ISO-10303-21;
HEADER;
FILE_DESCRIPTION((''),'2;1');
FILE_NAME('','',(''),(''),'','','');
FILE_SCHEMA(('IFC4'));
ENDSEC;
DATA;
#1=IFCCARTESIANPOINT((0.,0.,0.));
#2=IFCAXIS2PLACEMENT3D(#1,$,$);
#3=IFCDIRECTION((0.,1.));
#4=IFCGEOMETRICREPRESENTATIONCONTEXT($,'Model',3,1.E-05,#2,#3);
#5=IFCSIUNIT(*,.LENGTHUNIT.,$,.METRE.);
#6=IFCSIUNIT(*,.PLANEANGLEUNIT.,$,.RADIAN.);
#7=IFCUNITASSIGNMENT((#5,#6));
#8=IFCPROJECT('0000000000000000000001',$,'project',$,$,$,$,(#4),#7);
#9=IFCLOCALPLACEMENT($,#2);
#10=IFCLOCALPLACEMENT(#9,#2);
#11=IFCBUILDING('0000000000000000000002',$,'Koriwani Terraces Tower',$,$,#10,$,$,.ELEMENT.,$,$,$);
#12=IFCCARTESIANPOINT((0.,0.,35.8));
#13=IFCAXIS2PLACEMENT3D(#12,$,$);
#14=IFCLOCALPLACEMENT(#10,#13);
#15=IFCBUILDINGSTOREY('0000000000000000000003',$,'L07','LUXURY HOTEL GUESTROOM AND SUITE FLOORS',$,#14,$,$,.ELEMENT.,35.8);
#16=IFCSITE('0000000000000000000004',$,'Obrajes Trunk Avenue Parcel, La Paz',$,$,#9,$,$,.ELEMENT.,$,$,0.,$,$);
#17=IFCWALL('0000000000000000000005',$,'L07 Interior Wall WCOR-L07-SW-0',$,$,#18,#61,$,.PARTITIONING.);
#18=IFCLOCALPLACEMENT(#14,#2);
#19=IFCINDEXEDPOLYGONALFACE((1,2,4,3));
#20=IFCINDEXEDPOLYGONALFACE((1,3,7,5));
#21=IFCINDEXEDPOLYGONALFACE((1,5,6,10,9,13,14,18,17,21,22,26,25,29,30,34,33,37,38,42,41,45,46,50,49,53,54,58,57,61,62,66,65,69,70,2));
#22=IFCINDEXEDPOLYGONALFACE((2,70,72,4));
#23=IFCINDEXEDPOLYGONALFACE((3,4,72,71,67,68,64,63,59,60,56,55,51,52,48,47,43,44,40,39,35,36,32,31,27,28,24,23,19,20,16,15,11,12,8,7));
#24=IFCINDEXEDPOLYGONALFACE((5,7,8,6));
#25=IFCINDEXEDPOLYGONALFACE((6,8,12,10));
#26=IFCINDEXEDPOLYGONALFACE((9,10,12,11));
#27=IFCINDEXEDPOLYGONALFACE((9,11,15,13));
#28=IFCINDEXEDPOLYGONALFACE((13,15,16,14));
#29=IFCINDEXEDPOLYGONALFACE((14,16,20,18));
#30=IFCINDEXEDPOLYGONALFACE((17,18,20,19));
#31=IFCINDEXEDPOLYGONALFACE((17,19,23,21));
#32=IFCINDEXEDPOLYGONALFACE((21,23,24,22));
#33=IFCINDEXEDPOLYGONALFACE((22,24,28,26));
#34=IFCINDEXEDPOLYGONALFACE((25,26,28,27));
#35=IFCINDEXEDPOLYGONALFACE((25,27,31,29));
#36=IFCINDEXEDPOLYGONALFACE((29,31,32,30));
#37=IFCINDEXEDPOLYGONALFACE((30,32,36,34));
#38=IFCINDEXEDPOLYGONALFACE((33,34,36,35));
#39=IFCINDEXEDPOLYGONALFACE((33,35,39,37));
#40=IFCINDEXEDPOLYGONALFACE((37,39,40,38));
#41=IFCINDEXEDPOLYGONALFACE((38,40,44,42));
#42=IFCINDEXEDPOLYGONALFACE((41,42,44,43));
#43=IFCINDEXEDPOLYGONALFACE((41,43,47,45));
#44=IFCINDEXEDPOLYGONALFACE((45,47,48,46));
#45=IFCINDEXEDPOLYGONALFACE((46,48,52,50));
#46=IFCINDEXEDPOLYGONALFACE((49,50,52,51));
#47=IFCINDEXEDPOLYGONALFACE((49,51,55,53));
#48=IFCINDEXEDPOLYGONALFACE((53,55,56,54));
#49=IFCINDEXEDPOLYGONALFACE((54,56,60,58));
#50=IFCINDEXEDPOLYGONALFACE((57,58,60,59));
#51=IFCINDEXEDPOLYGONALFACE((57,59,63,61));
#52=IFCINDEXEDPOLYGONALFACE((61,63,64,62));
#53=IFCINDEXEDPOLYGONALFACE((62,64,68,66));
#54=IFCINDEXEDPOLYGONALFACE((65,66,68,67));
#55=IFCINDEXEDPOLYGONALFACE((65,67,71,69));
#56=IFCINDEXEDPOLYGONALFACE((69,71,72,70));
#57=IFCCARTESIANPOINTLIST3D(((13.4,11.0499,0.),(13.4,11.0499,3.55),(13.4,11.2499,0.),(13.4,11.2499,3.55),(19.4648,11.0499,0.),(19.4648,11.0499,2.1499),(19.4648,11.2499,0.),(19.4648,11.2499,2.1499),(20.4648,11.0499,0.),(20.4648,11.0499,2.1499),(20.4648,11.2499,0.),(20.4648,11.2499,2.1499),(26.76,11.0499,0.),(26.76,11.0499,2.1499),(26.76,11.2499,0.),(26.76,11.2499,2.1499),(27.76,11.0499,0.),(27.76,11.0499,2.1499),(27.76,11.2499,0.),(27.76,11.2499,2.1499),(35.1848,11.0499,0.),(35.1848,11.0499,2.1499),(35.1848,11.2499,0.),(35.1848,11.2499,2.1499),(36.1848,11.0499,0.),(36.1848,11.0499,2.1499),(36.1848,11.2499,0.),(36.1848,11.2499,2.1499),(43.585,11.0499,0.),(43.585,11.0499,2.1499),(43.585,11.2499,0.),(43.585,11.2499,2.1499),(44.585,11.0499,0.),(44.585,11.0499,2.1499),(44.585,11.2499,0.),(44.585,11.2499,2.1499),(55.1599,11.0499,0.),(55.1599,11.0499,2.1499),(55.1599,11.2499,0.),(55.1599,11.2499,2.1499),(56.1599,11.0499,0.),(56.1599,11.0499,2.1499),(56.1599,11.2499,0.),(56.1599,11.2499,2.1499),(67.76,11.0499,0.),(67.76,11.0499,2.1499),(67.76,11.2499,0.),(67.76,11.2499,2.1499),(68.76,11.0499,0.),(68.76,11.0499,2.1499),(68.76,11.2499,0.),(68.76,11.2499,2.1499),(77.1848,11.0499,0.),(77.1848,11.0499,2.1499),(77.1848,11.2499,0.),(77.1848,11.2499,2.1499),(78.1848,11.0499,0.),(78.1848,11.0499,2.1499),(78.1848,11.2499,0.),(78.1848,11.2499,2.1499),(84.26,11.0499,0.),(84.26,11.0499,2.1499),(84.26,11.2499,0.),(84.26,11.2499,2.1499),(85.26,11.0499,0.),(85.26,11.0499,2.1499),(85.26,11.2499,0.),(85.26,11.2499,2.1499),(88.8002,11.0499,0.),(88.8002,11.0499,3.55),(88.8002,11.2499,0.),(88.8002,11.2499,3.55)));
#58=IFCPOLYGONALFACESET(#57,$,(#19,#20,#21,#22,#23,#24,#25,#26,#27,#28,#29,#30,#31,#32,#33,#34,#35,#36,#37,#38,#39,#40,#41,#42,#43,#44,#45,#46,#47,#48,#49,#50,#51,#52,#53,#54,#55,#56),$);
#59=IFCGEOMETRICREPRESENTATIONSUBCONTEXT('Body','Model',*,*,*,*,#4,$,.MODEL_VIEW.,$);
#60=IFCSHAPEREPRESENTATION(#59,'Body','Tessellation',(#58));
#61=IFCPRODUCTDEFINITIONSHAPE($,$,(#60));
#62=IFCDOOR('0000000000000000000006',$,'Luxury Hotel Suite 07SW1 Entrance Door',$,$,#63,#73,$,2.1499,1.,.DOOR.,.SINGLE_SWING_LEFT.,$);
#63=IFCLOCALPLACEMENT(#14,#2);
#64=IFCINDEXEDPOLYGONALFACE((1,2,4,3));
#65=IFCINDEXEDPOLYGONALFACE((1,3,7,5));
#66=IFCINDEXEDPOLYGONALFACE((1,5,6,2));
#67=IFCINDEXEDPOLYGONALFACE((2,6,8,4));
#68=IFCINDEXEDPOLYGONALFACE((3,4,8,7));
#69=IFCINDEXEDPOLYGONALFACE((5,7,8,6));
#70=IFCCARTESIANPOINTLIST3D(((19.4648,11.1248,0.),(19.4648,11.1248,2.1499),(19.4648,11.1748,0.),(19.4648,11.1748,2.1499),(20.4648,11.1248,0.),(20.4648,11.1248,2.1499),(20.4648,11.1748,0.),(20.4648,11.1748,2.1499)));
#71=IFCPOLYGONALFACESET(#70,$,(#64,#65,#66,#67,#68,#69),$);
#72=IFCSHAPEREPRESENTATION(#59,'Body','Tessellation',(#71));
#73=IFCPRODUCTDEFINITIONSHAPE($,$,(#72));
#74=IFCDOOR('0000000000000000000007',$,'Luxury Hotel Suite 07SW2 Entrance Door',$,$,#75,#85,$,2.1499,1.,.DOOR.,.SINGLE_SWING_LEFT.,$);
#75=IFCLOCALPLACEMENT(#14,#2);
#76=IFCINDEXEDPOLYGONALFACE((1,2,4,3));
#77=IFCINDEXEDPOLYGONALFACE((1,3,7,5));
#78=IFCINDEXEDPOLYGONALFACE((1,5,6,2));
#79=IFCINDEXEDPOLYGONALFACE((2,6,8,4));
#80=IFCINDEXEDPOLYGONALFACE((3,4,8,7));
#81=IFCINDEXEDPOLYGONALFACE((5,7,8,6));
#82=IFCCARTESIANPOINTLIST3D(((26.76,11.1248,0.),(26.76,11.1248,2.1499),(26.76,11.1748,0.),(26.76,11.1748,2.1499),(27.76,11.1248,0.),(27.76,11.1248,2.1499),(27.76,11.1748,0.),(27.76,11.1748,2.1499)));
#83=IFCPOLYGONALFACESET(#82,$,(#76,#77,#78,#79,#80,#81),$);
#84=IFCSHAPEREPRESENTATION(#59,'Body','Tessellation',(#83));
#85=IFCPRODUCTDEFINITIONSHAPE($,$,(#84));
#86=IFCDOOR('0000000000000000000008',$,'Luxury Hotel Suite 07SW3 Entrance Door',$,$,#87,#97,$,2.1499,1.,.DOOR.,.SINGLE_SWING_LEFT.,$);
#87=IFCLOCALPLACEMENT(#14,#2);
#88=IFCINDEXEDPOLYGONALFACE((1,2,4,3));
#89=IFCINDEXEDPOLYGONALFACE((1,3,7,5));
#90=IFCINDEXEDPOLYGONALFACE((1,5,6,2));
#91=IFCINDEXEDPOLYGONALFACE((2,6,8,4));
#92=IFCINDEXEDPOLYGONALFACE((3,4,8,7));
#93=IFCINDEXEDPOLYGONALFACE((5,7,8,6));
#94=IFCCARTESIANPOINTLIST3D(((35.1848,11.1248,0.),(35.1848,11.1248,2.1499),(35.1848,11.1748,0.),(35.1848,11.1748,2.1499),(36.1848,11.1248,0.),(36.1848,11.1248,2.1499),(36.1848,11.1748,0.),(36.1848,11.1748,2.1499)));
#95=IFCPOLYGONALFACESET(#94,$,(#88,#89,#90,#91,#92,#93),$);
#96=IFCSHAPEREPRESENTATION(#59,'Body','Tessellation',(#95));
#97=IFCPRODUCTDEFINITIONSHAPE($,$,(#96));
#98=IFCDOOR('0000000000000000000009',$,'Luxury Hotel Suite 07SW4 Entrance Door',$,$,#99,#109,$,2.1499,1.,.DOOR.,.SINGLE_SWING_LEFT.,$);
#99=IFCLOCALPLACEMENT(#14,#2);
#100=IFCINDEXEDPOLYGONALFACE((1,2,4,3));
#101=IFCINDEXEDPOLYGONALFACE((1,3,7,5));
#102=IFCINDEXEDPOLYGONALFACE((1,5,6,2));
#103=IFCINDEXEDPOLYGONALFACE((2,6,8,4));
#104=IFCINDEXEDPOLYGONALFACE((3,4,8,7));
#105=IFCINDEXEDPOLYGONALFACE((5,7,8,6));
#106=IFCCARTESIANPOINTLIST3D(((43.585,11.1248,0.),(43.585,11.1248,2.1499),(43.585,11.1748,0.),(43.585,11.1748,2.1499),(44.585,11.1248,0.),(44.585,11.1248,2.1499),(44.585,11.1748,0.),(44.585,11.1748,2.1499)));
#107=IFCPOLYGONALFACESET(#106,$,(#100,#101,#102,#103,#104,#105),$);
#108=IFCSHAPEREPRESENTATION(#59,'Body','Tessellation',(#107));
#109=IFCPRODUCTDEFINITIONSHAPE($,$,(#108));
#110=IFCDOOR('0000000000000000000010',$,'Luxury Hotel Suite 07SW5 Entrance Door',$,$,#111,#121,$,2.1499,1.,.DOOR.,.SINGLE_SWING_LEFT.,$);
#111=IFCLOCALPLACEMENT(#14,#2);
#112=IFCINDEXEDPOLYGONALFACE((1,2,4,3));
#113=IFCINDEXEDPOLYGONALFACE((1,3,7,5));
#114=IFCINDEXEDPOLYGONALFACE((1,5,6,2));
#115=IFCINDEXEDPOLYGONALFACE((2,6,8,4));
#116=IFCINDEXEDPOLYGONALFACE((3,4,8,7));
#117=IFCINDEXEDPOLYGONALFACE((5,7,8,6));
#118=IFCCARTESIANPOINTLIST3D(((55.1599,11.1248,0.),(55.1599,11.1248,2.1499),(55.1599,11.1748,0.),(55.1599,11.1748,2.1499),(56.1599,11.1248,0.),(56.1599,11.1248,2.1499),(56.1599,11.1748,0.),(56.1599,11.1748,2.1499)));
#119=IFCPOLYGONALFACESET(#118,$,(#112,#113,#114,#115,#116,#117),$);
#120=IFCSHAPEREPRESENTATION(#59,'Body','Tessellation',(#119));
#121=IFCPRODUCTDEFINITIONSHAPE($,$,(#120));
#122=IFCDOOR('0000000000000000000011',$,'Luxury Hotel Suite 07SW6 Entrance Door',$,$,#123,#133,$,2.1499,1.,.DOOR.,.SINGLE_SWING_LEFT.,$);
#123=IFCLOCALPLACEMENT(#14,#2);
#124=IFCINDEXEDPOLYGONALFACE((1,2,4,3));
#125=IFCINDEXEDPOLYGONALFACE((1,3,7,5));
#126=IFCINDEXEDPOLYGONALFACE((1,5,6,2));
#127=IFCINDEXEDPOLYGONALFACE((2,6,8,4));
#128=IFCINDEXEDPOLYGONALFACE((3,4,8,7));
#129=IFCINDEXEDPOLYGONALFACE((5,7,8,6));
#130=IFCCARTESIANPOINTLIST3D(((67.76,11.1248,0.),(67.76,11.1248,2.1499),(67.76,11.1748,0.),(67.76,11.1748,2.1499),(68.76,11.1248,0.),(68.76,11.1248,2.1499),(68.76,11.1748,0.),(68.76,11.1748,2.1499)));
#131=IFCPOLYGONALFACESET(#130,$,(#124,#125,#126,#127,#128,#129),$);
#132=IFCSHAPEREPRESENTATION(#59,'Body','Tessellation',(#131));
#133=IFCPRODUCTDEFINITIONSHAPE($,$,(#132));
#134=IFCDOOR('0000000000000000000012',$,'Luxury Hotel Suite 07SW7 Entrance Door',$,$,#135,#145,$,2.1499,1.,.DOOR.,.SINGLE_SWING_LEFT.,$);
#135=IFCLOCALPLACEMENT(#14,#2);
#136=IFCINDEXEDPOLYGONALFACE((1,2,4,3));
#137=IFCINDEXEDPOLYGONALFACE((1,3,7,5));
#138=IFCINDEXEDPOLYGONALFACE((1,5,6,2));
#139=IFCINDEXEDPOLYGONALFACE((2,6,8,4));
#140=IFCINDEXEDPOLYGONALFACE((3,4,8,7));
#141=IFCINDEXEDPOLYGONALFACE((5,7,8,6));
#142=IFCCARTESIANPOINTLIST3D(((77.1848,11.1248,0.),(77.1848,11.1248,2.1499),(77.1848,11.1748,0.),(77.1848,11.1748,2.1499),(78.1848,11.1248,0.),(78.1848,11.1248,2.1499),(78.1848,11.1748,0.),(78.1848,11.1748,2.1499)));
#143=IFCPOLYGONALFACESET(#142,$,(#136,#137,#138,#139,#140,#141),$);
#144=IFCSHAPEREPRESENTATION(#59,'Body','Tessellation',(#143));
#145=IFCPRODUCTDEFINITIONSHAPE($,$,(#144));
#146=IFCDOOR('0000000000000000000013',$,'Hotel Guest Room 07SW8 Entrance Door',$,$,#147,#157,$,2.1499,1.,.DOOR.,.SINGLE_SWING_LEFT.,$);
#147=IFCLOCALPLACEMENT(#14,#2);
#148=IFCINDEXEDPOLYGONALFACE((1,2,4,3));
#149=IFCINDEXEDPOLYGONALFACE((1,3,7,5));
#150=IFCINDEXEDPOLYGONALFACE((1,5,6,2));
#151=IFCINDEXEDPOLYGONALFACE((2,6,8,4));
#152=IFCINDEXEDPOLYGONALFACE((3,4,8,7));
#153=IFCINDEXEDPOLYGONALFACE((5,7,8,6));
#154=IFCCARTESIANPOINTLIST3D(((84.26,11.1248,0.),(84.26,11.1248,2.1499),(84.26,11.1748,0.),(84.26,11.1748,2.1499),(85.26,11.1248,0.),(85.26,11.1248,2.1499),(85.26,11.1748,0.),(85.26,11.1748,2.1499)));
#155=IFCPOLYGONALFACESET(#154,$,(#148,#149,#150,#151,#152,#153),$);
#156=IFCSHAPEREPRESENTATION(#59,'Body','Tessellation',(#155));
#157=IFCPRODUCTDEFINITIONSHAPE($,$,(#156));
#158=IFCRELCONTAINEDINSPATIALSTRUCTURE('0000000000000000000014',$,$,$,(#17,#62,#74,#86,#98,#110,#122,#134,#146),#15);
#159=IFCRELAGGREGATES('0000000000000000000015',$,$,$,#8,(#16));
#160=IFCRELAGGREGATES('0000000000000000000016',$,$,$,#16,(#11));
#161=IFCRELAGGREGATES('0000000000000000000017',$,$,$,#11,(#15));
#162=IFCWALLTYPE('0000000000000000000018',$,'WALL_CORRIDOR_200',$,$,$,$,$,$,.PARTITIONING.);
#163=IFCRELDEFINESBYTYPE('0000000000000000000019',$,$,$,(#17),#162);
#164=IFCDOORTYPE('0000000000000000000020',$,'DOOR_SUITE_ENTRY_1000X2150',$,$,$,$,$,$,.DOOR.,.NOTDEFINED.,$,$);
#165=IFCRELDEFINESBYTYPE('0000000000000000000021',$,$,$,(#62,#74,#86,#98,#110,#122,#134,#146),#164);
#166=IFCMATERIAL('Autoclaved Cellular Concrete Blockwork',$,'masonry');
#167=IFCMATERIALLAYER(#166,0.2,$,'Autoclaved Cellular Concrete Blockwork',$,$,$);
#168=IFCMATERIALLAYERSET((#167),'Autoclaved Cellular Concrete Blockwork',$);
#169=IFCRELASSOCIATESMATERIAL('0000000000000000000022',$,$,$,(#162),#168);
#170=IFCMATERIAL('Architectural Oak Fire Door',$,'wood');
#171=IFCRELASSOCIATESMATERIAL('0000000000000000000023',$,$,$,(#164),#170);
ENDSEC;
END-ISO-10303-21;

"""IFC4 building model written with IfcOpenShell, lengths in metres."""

from ifc_helpers import new_model, si_unit, direction, frame, frame_2d, origin, place, context, subcontext, project, spatial, rectangle, extrude, material, layer, layer_set, type_object, element, fill, save


model = new_model("IFC4")

# Units and contexts
model_context = context("Model", 3, precision=1e-05, world=origin(), true_north=direction((0.0, 1.0)))
body_context = subcontext(model_context, "Body", "Model", "MODEL_VIEW")
ifc_project = project(units=[si_unit("LENGTHUNIT", "METRE"), si_unit("PLANEANGLEUNIT", "RADIAN")], contexts=[model_context])

# Site, building, storey
site_placement = place(None, origin())
site = spatial("IfcSite", under=ifc_project, at=site_placement, Name="Obrajes Trunk Avenue Parcel, La Paz", CompositionType="ELEMENT", RefElevation=0.0)
building_placement = place(site_placement, origin())
building = spatial("IfcBuilding", under=site, at=building_placement, Name="Koriwani Terraces Tower", CompositionType="ELEMENT")
storey_placement = place(building_placement, frame((0.0, 0.0, 35.8)))
storey = spatial("IfcBuildingStorey", under=building, at=storey_placement, Name="L07", Description="LUXURY HOTEL GUESTROOM AND SUITE FLOORS", CompositionType="ELEMENT", Elevation=35.8)

# Shared definitions
ifc_material_1 = material(Name="Autoclaved Cellular Concrete Blockwork", Category="masonry")
ifc_layer_1 = layer(ifc_material_1, 0.2, Name="Autoclaved Cellular Concrete Blockwork")
ifc_layer_set_1 = layer_set([ifc_layer_1], Name="Autoclaved Cellular Concrete Blockwork")
wall_type_1 = type_object("IfcWallType", Name="WALL_CORRIDOR_200", PredefinedType="PARTITIONING", material=ifc_layer_set_1)
ifc_material_2 = material(Name="Architectural Oak Fire Door", Category="wood")

# Wall, openings, doors
wall_1_placement = place(storey_placement, frame((13.3999, 11.1499, 0.0), z_axis=(0.0, 0.0, 1.0), x_axis=(1.0, 0.0, 0.0)))
wall_1 = element("IfcWall", 1, at=wall_1_placement, inside=storey, type_object=wall_type_1, Name="L07 Interior Wall WCOR-L07-SW-0", PredefinedType="PARTITIONING", context=body_context, shape_type="SweptSolid", body=[
    extrude(rectangle(XDim=75.4001, YDim=0.2, at=frame_2d((37.7002, 0.0))), origin(), (0.0, 0.0, 1.0), 3.55),
])
opening_1_placement = place(wall_1_placement, frame((6.0649, 0.0, 0.0)))
opening_1 = element("IfcOpeningElement", 2, at=opening_1_placement, cuts=wall_1, PredefinedType="OPENING", context=body_context, shape_type="SweptSolid", body=[
    extrude(rectangle(XDim=1.0, YDim=2.1499, at=frame_2d((0.5, 1.075))), frame((0.0, 0.1099, 0.0), z_axis=(0.0, -1.0, 0.0), x_axis=(1.0, 0.0, 0.0)), (0.0, 0.0, 1.0), 0.22),
])
opening_2_placement = place(wall_1_placement, frame((13.3601, 0.0, 0.0)))
opening_2 = element("IfcOpeningElement", 3, at=opening_2_placement, cuts=wall_1, PredefinedType="OPENING", context=body_context, shape_type="SweptSolid", body=[
    extrude(rectangle(XDim=1.0, YDim=2.1499, at=frame_2d((0.5, 1.075))), frame((0.0, 0.1099, 0.0), z_axis=(0.0, -1.0, 0.0), x_axis=(1.0, 0.0, 0.0)), (0.0, 0.0, 1.0), 0.22),
])
opening_3_placement = place(wall_1_placement, frame((21.7849, 0.0, 0.0)))
opening_3 = element("IfcOpeningElement", 4, at=opening_3_placement, cuts=wall_1, PredefinedType="OPENING", context=body_context, shape_type="SweptSolid", body=[
    extrude(rectangle(XDim=1.0, YDim=2.1499, at=frame_2d((0.5, 1.075))), frame((0.0, 0.1099, 0.0), z_axis=(0.0, -1.0, 0.0), x_axis=(1.0, 0.0, 0.0)), (0.0, 0.0, 1.0), 0.22),
])
opening_4_placement = place(wall_1_placement, frame((30.1851, 0.0, 0.0)))
opening_4 = element("IfcOpeningElement", 5, at=opening_4_placement, cuts=wall_1, PredefinedType="OPENING", context=body_context, shape_type="SweptSolid", body=[
    extrude(rectangle(XDim=1.0, YDim=2.1499, at=frame_2d((0.5, 1.075))), frame((0.0, 0.1099, 0.0), z_axis=(0.0, -1.0, 0.0), x_axis=(1.0, 0.0, 0.0)), (0.0, 0.0, 1.0), 0.22),
])
opening_5_placement = place(wall_1_placement, frame((41.76, 0.0, 0.0)))
opening_5 = element("IfcOpeningElement", 6, at=opening_5_placement, cuts=wall_1, PredefinedType="OPENING", context=body_context, shape_type="SweptSolid", body=[
    extrude(rectangle(XDim=1.0, YDim=2.1499, at=frame_2d((0.5, 1.075))), frame((0.0, 0.1099, 0.0), z_axis=(0.0, -1.0, 0.0), x_axis=(1.0, 0.0, 0.0)), (0.0, 0.0, 1.0), 0.22),
])
opening_6_placement = place(wall_1_placement, frame((54.3601, 0.0, 0.0)))
opening_6 = element("IfcOpeningElement", 7, at=opening_6_placement, cuts=wall_1, PredefinedType="OPENING", context=body_context, shape_type="SweptSolid", body=[
    extrude(rectangle(XDim=1.0, YDim=2.1499, at=frame_2d((0.5, 1.075))), frame((0.0, 0.1099, 0.0), z_axis=(0.0, -1.0, 0.0), x_axis=(1.0, 0.0, 0.0)), (0.0, 0.0, 1.0), 0.22),
])
opening_7_placement = place(wall_1_placement, frame((63.7849, 0.0, 0.0)))
opening_7 = element("IfcOpeningElement", 8, at=opening_7_placement, cuts=wall_1, PredefinedType="OPENING", context=body_context, shape_type="SweptSolid", body=[
    extrude(rectangle(XDim=1.0, YDim=2.1499, at=frame_2d((0.5, 1.075))), frame((0.0, 0.1099, 0.0), z_axis=(0.0, -1.0, 0.0), x_axis=(1.0, 0.0, 0.0)), (0.0, 0.0, 1.0), 0.22),
])
opening_8_placement = place(wall_1_placement, frame((70.8601, 0.0, 0.0)))
opening_8 = element("IfcOpeningElement", 9, at=opening_8_placement, cuts=wall_1, PredefinedType="OPENING", context=body_context, shape_type="SweptSolid", body=[
    extrude(rectangle(XDim=1.0, YDim=2.1499, at=frame_2d((0.5, 1.075))), frame((0.0, 0.1099, 0.0), z_axis=(0.0, -1.0, 0.0), x_axis=(1.0, 0.0, 0.0)), (0.0, 0.0, 1.0), 0.22),
])
door_type_1 = type_object("IfcDoorType", Name="DOOR_SUITE_ENTRY_1000X2150", OperationType="NOTDEFINED", PredefinedType="DOOR", material=ifc_material_2)
door_1_placement = place(opening_1_placement, origin())
door_1 = element("IfcDoor", 10, at=door_1_placement, inside=storey, type_object=door_type_1, Name="Luxury Hotel Suite 07SW1 Entrance Door", OperationType="SINGLE_SWING_LEFT", OverallHeight=2.1499, OverallWidth=1.0, PredefinedType="DOOR", context=body_context, shape_type="SweptSolid", body=[
    extrude(rectangle(XDim=1.0, YDim=2.1499, at=frame_2d((0.5, 1.075))), frame((0.0, 0.0249, 0.0), z_axis=(0.0, -1.0, 0.0), x_axis=(1.0, 0.0, 0.0)), (0.0, 0.0, 1.0), 0.05),
])
fill(opening_1, door_1)
door_2_placement = place(opening_2_placement, origin())
door_2 = element("IfcDoor", 11, at=door_2_placement, inside=storey, type_object=door_type_1, Name="Luxury Hotel Suite 07SW2 Entrance Door", OperationType="SINGLE_SWING_LEFT", OverallHeight=2.1499, OverallWidth=1.0, PredefinedType="DOOR", context=body_context, shape_type="SweptSolid", body=[
    extrude(rectangle(XDim=1.0, YDim=2.1499, at=frame_2d((0.5, 1.075))), frame((0.0, 0.0249, 0.0), z_axis=(0.0, -1.0, 0.0), x_axis=(1.0, 0.0, 0.0)), (0.0, 0.0, 1.0), 0.05),
])
fill(opening_2, door_2)
door_3_placement = place(opening_3_placement, origin())
door_3 = element("IfcDoor", 12, at=door_3_placement, inside=storey, type_object=door_type_1, Name="Luxury Hotel Suite 07SW3 Entrance Door", OperationType="SINGLE_SWING_LEFT", OverallHeight=2.1499, OverallWidth=1.0, PredefinedType="DOOR", context=body_context, shape_type="SweptSolid", body=[
    extrude(rectangle(XDim=1.0, YDim=2.1499, at=frame_2d((0.5, 1.075))), frame((0.0, 0.0249, 0.0), z_axis=(0.0, -1.0, 0.0), x_axis=(1.0, 0.0, 0.0)), (0.0, 0.0, 1.0), 0.05),
])
fill(opening_3, door_3)
door_4_placement = place(opening_4_placement, origin())
door_4 = element("IfcDoor", 13, at=door_4_placement, inside=storey, type_object=door_type_1, Name="Luxury Hotel Suite 07SW4 Entrance Door", OperationType="SINGLE_SWING_LEFT", OverallHeight=2.1499, OverallWidth=1.0, PredefinedType="DOOR", context=body_context, shape_type="SweptSolid", body=[
    extrude(rectangle(XDim=1.0, YDim=2.1499, at=frame_2d((0.5, 1.075))), frame((0.0, 0.0249, 0.0), z_axis=(0.0, -1.0, 0.0), x_axis=(1.0, 0.0, 0.0)), (0.0, 0.0, 1.0), 0.05),
])
fill(opening_4, door_4)
door_5_placement = place(opening_5_placement, origin())
door_5 = element("IfcDoor", 14, at=door_5_placement, inside=storey, type_object=door_type_1, Name="Luxury Hotel Suite 07SW5 Entrance Door", OperationType="SINGLE_SWING_LEFT", OverallHeight=2.1499, OverallWidth=1.0, PredefinedType="DOOR", context=body_context, shape_type="SweptSolid", body=[
    extrude(rectangle(XDim=1.0, YDim=2.1499, at=frame_2d((0.5, 1.075))), frame((0.0, 0.0249, 0.0), z_axis=(0.0, -1.0, 0.0), x_axis=(1.0, 0.0, 0.0)), (0.0, 0.0, 1.0), 0.05),
])
fill(opening_5, door_5)
door_6_placement = place(opening_6_placement, origin())
door_6 = element("IfcDoor", 15, at=door_6_placement, inside=storey, type_object=door_type_1, Name="Luxury Hotel Suite 07SW6 Entrance Door", OperationType="SINGLE_SWING_LEFT", OverallHeight=2.1499, OverallWidth=1.0, PredefinedType="DOOR", context=body_context, shape_type="SweptSolid", body=[
    extrude(rectangle(XDim=1.0, YDim=2.1499, at=frame_2d((0.5, 1.075))), frame((0.0, 0.0249, 0.0), z_axis=(0.0, -1.0, 0.0), x_axis=(1.0, 0.0, 0.0)), (0.0, 0.0, 1.0), 0.05),
])
fill(opening_6, door_6)
door_7_placement = place(opening_7_placement, origin())
door_7 = element("IfcDoor", 16, at=door_7_placement, inside=storey, type_object=door_type_1, Name="Luxury Hotel Suite 07SW7 Entrance Door", OperationType="SINGLE_SWING_LEFT", OverallHeight=2.1499, OverallWidth=1.0, PredefinedType="DOOR", context=body_context, shape_type="SweptSolid", body=[
    extrude(rectangle(XDim=1.0, YDim=2.1499, at=frame_2d((0.5, 1.075))), frame((0.0, 0.0249, 0.0), z_axis=(0.0, -1.0, 0.0), x_axis=(1.0, 0.0, 0.0)), (0.0, 0.0, 1.0), 0.05),
])
fill(opening_7, door_7)
door_8_placement = place(opening_8_placement, origin())
door_8 = element("IfcDoor", 17, at=door_8_placement, inside=storey, type_object=door_type_1, Name="Hotel Guest Room 07SW8 Entrance Door", OperationType="SINGLE_SWING_LEFT", OverallHeight=2.1499, OverallWidth=1.0, PredefinedType="DOOR", context=body_context, shape_type="SweptSolid", body=[
    extrude(rectangle(XDim=1.0, YDim=2.1499, at=frame_2d((0.5, 1.075))), frame((0.0, 0.0249, 0.0), z_axis=(0.0, -1.0, 0.0), x_axis=(1.0, 0.0, 0.0)), (0.0, 0.0, 1.0), 0.05),
])
fill(opening_8, door_8)

save(model, "model.ifc")
